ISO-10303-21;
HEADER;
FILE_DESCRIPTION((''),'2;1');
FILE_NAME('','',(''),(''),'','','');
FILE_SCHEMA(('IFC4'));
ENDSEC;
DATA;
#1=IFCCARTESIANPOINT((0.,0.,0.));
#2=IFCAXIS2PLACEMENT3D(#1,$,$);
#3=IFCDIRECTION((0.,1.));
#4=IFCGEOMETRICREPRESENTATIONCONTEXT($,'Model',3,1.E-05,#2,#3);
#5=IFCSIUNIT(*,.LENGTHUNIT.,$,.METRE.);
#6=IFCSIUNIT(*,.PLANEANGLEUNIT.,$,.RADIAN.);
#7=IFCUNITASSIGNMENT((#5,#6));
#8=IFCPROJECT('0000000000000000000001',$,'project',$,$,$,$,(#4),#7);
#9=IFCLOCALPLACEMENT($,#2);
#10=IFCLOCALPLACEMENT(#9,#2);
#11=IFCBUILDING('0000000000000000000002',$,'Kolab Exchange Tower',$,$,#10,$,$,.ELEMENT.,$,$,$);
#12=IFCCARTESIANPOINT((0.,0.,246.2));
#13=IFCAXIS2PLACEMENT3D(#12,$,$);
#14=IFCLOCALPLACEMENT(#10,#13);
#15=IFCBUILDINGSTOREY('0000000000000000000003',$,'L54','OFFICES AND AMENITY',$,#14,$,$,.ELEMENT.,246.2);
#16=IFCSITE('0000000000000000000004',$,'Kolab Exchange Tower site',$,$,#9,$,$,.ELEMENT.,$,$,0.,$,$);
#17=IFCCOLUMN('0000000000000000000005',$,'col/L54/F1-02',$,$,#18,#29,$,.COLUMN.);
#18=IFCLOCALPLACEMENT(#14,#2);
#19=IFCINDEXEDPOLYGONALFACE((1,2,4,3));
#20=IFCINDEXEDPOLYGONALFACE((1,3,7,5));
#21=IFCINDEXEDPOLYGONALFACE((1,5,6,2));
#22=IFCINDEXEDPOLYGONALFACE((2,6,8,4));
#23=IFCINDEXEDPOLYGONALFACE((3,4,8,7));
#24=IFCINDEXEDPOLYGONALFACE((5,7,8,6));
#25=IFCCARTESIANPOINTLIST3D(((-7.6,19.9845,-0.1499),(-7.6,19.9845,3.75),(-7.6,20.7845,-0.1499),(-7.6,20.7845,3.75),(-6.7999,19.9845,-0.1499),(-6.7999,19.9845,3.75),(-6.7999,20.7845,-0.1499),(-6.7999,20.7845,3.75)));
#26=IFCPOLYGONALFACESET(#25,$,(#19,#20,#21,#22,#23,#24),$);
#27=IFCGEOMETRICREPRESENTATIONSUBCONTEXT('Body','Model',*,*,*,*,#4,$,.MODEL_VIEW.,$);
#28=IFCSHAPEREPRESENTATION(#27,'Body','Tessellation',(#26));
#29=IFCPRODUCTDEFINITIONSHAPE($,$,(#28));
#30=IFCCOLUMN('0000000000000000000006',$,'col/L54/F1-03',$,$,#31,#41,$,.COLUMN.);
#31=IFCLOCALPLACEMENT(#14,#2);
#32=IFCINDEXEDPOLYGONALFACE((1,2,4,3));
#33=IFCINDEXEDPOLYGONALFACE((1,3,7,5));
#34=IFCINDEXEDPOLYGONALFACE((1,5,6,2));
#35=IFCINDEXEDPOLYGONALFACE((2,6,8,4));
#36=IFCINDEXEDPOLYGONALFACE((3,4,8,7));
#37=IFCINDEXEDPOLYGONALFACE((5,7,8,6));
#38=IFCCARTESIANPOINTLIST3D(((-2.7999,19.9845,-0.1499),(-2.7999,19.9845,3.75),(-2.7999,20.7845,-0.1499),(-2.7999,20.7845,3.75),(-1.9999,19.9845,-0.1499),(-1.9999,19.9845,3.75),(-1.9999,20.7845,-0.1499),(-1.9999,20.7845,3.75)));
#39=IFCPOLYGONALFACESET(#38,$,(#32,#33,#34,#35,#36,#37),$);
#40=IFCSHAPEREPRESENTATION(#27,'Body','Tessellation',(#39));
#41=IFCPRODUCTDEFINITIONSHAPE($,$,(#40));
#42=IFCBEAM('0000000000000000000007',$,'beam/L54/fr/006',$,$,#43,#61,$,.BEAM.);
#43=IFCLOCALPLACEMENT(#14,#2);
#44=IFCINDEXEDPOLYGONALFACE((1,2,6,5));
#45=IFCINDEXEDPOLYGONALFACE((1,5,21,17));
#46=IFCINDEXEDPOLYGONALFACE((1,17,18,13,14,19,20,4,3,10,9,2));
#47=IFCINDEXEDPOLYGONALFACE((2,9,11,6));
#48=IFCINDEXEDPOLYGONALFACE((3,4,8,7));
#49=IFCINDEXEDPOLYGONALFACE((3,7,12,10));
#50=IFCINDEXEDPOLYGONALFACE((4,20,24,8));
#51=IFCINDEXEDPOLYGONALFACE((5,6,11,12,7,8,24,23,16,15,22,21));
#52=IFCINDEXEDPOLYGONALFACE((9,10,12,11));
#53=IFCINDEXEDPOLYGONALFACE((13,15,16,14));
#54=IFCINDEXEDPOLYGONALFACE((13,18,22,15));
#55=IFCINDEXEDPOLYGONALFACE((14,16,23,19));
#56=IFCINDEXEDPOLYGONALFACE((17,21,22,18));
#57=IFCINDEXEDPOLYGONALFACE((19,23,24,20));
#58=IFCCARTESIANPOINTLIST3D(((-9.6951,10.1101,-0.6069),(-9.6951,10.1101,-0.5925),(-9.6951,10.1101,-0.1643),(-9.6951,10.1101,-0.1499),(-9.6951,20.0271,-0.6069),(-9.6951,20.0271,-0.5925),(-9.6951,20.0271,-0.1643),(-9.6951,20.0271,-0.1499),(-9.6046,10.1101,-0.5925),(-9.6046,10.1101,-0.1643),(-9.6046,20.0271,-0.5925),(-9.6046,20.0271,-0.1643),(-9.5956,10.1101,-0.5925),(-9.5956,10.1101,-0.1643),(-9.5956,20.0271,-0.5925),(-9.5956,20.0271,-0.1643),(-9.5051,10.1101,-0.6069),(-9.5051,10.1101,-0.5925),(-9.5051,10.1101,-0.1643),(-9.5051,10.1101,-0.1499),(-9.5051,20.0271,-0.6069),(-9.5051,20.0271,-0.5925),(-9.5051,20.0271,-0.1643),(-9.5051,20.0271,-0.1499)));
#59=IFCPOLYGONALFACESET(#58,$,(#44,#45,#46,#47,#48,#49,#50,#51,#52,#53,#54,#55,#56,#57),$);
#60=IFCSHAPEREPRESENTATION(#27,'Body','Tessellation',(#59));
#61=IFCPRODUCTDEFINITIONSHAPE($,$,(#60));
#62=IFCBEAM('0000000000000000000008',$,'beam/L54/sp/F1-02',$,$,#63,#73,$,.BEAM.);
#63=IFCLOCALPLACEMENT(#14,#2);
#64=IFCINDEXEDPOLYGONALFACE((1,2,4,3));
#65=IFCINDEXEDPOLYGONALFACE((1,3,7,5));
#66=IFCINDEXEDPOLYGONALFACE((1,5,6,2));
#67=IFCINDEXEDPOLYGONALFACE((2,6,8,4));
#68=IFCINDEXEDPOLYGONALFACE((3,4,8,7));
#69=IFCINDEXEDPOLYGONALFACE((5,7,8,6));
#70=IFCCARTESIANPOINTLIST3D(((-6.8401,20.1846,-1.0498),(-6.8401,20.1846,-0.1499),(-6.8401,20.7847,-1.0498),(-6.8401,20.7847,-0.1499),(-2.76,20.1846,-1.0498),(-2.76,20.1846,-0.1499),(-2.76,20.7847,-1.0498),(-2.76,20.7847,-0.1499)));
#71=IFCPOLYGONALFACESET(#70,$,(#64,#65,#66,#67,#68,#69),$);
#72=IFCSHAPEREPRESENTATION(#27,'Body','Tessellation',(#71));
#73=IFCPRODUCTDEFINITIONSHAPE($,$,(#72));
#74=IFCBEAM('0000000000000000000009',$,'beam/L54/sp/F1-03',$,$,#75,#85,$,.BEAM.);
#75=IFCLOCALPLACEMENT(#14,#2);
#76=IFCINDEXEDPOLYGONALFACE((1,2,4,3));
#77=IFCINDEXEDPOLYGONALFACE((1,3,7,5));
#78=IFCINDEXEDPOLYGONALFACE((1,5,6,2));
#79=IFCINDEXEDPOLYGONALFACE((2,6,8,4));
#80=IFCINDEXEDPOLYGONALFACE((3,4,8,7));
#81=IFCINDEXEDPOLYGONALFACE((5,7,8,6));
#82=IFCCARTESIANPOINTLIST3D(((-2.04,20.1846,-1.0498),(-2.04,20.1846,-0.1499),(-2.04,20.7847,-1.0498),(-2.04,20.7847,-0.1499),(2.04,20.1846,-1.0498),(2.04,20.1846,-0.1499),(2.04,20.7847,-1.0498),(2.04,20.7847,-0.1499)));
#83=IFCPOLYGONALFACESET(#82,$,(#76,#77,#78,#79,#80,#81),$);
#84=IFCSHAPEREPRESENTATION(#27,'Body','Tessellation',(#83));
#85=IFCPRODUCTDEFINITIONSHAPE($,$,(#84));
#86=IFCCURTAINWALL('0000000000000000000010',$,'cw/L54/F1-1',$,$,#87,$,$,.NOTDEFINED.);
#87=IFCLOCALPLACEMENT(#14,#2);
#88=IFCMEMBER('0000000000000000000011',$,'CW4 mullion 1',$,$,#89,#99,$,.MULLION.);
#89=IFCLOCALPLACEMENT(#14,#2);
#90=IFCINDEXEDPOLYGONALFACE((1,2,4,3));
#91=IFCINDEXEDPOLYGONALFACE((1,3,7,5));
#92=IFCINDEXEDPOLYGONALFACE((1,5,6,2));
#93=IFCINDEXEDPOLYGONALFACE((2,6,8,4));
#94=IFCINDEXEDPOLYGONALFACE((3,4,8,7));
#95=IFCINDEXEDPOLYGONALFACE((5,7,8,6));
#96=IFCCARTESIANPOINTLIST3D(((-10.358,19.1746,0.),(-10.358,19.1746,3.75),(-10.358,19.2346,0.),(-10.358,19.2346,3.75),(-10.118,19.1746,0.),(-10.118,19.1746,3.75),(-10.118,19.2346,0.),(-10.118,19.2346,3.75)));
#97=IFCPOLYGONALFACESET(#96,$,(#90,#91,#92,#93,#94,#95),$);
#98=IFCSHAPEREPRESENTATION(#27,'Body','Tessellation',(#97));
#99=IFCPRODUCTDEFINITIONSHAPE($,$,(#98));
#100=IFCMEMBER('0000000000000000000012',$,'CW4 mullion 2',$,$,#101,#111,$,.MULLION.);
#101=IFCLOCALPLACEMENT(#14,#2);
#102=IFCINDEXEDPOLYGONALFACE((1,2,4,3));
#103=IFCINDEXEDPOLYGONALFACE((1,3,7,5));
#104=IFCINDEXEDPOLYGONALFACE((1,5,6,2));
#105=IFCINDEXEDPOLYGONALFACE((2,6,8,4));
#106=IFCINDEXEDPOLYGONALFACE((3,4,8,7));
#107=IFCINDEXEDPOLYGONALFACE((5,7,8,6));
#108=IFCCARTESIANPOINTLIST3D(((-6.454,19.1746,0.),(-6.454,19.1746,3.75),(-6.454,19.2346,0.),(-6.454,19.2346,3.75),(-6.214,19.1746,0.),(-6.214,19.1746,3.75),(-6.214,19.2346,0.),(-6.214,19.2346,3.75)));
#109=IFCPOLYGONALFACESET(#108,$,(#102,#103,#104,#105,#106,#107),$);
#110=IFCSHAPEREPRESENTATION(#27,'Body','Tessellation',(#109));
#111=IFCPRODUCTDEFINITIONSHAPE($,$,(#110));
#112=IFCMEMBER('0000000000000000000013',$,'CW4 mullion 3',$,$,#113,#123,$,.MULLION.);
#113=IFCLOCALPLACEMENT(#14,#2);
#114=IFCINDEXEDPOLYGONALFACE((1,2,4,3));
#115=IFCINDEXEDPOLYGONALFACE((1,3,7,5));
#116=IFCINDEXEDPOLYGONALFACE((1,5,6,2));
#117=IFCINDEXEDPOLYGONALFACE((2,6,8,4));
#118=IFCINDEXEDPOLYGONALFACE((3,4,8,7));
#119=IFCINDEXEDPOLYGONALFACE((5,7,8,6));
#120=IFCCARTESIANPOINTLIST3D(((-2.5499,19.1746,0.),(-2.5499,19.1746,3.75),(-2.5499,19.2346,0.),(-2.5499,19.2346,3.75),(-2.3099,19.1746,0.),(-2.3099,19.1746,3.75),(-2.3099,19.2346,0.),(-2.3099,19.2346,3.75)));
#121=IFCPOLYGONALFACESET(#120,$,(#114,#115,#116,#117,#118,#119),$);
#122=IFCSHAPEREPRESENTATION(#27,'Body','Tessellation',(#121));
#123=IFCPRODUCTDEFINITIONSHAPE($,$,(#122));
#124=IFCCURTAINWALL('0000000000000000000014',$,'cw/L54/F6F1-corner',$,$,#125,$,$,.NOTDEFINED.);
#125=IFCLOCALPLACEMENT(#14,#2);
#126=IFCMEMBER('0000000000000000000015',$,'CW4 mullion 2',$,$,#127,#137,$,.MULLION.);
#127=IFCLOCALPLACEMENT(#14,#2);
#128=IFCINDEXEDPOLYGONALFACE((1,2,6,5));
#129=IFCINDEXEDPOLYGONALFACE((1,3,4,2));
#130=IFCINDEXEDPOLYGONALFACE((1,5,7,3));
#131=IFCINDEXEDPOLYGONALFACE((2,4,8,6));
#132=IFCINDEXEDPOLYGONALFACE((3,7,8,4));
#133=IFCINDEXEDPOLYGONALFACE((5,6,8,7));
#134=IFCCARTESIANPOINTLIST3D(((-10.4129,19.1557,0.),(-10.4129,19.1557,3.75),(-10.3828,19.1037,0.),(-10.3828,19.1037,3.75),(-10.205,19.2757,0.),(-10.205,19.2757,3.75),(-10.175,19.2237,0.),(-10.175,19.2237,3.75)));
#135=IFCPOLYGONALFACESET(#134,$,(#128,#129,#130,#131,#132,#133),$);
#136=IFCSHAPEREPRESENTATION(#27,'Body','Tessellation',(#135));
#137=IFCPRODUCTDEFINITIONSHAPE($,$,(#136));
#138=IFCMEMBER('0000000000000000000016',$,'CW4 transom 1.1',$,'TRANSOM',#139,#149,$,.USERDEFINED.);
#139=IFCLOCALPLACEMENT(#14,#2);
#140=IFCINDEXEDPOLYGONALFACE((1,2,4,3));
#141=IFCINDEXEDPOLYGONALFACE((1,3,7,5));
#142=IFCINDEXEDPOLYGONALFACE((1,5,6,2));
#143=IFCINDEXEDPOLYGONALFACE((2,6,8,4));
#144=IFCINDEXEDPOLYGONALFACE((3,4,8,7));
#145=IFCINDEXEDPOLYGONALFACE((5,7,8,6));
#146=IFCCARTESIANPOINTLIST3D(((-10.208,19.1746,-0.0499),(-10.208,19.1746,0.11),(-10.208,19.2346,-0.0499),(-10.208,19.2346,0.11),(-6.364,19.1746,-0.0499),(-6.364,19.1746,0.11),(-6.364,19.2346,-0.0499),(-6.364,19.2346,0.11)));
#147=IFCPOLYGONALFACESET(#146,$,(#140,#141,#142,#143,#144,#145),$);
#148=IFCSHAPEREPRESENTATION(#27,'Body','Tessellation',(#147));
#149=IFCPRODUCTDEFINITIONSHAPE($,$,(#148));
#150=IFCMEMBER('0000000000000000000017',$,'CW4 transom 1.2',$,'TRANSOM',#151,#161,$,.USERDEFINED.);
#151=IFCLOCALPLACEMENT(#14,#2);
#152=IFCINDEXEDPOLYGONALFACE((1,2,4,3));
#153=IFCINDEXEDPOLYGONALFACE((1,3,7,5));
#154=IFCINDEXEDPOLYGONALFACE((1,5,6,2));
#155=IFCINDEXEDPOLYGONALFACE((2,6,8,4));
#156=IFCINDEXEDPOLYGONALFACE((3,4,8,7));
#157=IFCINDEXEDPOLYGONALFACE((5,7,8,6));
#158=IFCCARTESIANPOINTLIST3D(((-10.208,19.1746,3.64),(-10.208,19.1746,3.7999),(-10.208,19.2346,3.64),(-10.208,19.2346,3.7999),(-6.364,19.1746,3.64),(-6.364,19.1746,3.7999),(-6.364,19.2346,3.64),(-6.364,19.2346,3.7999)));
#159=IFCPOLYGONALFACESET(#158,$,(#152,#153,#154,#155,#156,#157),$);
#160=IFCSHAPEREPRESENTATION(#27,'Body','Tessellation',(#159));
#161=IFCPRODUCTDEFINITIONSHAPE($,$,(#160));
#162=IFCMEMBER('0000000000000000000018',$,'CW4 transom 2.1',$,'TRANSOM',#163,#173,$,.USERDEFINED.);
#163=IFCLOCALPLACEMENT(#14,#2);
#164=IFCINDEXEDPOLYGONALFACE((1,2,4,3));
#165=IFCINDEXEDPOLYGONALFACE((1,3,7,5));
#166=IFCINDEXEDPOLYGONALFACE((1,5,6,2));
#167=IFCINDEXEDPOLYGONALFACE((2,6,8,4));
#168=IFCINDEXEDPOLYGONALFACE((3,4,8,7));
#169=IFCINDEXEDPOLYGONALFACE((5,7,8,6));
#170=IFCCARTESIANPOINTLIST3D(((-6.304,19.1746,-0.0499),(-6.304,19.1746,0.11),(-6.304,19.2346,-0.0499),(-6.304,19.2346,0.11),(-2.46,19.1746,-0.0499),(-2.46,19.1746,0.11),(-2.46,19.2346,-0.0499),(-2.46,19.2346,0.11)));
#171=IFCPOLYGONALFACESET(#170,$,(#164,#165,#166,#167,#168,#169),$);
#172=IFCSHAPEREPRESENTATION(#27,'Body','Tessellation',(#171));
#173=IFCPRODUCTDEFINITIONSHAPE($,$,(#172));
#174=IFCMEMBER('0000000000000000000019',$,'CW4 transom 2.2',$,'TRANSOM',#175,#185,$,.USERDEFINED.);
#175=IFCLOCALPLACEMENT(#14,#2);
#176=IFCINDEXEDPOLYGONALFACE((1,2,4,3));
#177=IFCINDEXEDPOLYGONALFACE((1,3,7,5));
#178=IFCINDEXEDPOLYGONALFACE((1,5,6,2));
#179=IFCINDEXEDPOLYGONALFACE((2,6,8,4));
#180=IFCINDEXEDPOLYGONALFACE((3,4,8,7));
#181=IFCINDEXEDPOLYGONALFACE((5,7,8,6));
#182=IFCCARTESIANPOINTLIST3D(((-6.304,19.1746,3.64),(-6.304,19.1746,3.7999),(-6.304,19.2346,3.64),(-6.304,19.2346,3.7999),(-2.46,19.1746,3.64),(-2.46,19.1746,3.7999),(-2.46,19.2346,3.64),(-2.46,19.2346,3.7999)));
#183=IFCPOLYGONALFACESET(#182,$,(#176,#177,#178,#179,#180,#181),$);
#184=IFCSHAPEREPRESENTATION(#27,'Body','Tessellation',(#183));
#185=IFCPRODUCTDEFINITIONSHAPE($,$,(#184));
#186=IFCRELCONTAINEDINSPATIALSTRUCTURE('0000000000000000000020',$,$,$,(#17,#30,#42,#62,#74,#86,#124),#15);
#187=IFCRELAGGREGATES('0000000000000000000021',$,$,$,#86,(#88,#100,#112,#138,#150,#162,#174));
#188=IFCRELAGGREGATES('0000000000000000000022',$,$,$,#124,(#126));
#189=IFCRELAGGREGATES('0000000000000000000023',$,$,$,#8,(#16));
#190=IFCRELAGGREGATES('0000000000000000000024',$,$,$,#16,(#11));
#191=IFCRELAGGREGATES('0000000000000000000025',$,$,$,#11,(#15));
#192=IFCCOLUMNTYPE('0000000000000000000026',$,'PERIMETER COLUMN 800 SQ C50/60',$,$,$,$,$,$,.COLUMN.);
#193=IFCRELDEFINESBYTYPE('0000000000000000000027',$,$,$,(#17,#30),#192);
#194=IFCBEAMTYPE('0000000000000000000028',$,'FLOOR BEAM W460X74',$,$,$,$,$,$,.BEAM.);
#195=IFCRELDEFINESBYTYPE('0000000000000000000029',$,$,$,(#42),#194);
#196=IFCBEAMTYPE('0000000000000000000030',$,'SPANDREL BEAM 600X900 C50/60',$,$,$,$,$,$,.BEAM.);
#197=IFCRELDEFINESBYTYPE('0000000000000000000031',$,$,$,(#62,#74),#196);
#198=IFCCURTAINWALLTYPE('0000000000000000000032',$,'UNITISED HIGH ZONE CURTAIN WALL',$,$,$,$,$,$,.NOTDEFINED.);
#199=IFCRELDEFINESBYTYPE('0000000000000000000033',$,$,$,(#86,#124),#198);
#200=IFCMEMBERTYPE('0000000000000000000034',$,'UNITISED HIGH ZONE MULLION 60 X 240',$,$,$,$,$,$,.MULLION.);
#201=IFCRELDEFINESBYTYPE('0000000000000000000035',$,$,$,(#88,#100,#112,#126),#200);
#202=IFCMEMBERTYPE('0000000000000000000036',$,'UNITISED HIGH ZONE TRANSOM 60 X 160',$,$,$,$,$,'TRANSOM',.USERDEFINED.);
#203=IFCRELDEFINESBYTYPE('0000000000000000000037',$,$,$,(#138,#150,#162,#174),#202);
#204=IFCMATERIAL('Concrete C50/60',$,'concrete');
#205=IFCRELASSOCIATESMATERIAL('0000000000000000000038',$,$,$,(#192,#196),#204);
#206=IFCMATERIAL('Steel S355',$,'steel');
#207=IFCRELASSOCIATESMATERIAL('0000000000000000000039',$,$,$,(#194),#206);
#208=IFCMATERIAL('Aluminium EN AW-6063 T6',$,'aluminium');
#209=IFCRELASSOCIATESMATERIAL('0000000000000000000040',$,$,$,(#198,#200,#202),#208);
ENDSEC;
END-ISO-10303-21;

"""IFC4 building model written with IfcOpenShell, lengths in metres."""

from ifc_helpers import new_model, si_unit, direction, frame, origin, origin_2d, place, context, subcontext, project, spatial, rectangle, i_section, extrude, material, material_profile, profile_set, type_object, element, aggregate, save


model = new_model("IFC4")

# Units and contexts
model_context = context("Model", 3, precision=1e-05, world=origin(), true_north=direction((0.0, 1.0)))
body_context = subcontext(model_context, "Body", "Model", "MODEL_VIEW")
ifc_project = project(units=[si_unit("LENGTHUNIT", "METRE"), si_unit("PLANEANGLEUNIT", "RADIAN")], contexts=[model_context])

# Site, building, storey
site_placement = place(None, origin())
site = spatial("IfcSite", under=ifc_project, at=site_placement, Name="Kolab Exchange Tower site", CompositionType="ELEMENT", RefElevation=0.0)
building_placement = place(site_placement, origin())
building = spatial("IfcBuilding", under=site, at=building_placement, Name="Kolab Exchange Tower", CompositionType="ELEMENT")
storey_placement = place(building_placement, frame((0.0, 0.0, 246.2)))
storey = spatial("IfcBuildingStorey", under=building, at=storey_placement, Name="L54", Description="OFFICES AND AMENITY", CompositionType="ELEMENT", Elevation=246.2)

# Columns
ifc_material_1 = material(Name="Concrete C50/60", Category="concrete")
ifc_material_profile_1 = material_profile(ifc_material_1, rectangle(XDim=0.8, YDim=0.8, at=origin_2d()), Name="RC800")
ifc_profile_set_1 = profile_set([ifc_material_profile_1], Name="Concrete C50/60")
column_type = type_object("IfcColumnType", Name="PERIMETER COLUMN 800 SQ C50/60", PredefinedType="COLUMN", material=ifc_profile_set_1)
for number, where, z_axis, x_axis, name in (
    (1, (-7.2, 20.3845, -0.1499), (0.0, 0.0, 1.0), (1.0, 0.0, 0.0), "col/L54/F1-02"),
    (2, (-2.3999, 20.3845, -0.1499), (0.0, 0.0, 1.0), (1.0, 0.0, 0.0), "col/L54/F1-03"),
):
    element("IfcColumn", number, at=place(storey_placement, frame(where, z_axis=z_axis, x_axis=x_axis)), inside=storey, type_object=column_type, Name=name, PredefinedType="COLUMN", context=body_context, shape_type="SweptSolid", body=[
        extrude(rectangle(XDim=0.8, YDim=0.8, at=origin_2d()), origin(), (0.0, 0.0, 1.0), 3.8999),
    ])

# Beams
ifc_material_2 = material(Name="Steel S355", Category="steel")
ifc_material_profile_2 = material_profile(ifc_material_2, i_section(OverallWidth=0.1899, OverallDepth=0.457, WebThickness=0.009, FlangeThickness=0.0144, at=origin_2d()), Name="W460X74")
ifc_profile_set_2 = profile_set([ifc_material_profile_2], Name="Steel S355")
beam_type_1 = type_object("IfcBeamType", Name="FLOOR BEAM W460X74", PredefinedType="BEAM", material=ifc_profile_set_2)
beam_placement = place(storey_placement, frame((-9.6001, 10.1101, -0.3784), z_axis=(0.0, 1.0, 0.0), x_axis=(-1.0, 0.0, 0.0)))
element("IfcBeam", 3, at=beam_placement, inside=storey, type_object=beam_type_1, Name="beam/L54/fr/006", PredefinedType="BEAM", context=body_context, shape_type="SweptSolid", body=[
    extrude(i_section(OverallWidth=0.1899, OverallDepth=0.457, WebThickness=0.009, FlangeThickness=0.0144, at=origin_2d()), origin(), (0.0, 0.0, 1.0), 9.917),
])
ifc_material_profile_3 = material_profile(ifc_material_1, rectangle(XDim=0.6001, YDim=0.8999, at=origin_2d()), Name="RC600X900")
ifc_profile_set_3 = profile_set([ifc_material_profile_3], Name="Concrete C50/60")
beam_type_2 = type_object("IfcBeamType", Name="SPANDREL BEAM 600X900 C50/60", PredefinedType="BEAM", material=ifc_profile_set_3)
for number, where, z_axis, x_axis, name in (
    (4, (-6.8401, 20.4846, -0.5999), (1.0, 0.0, 0.0), (0.0, 1.0, 0.0), "beam/L54/sp/F1-02"),
    (5, (-2.04, 20.4846, -0.5999), (1.0, 0.0, 0.0), (0.0, 1.0, 0.0), "beam/L54/sp/F1-03"),
):
    element("IfcBeam", number, at=place(storey_placement, frame(where, z_axis=z_axis, x_axis=x_axis)), inside=storey, type_object=beam_type_2, Name=name, PredefinedType="BEAM", context=body_context, shape_type="SweptSolid", body=[
        extrude(rectangle(XDim=0.6001, YDim=0.8999, at=origin_2d()), origin(), (0.0, 0.0, 1.0), 4.0801),
    ])

# Curtain wall, members
ifc_material_3 = material(Name="Aluminium EN AW-6063 T6", Category="aluminium")
curtain_wall_type = type_object("IfcCurtainWallType", Name="UNITISED HIGH ZONE CURTAIN WALL", PredefinedType="NOTDEFINED", material=ifc_material_3)
curtain_wall_1_placement = place(storey_placement, origin())
curtain_wall_1 = element("IfcCurtainWall", 6, at=curtain_wall_1_placement, inside=storey, type_object=curtain_wall_type, Name="cw/L54/F1-1", PredefinedType="NOTDEFINED")
ifc_material_profile_4 = material_profile(ifc_material_3, rectangle(XDim=0.0601, YDim=0.24, at=origin_2d()), Name="RECT 60X240")
ifc_profile_set_4 = profile_set([ifc_material_profile_4], Name="Aluminium EN AW-6063 T6")
member_type_1 = type_object("IfcMemberType", Name="UNITISED HIGH ZONE MULLION 60 X 240", PredefinedType="MULLION", material=ifc_profile_set_4)
member_1_placement = place(storey_placement, frame((-10.238, 19.2046, 0.0), z_axis=(0.0, 0.0, 1.0), x_axis=(0.0, 1.0, 0.0)))
member_1 = element("IfcMember", 7, at=member_1_placement, type_object=member_type_1, Name="CW4 mullion 1", PredefinedType="MULLION", context=body_context, shape_type="SweptSolid", body=[
    extrude(rectangle(XDim=0.0601, YDim=0.24, at=origin_2d()), origin(), (0.0, 0.0, 1.0), 3.75),
])
member_2_placement = place(storey_placement, frame((-6.334, 19.2046, 0.0), z_axis=(0.0, 0.0, 1.0), x_axis=(0.0, 1.0, 0.0)))
member_2 = element("IfcMember", 8, at=member_2_placement, type_object=member_type_1, Name="CW4 mullion 2", PredefinedType="MULLION", context=body_context, shape_type="SweptSolid", body=[
    extrude(rectangle(XDim=0.0601, YDim=0.24, at=origin_2d()), origin(), (0.0, 0.0, 1.0), 3.75),
])
member_3_placement = place(storey_placement, frame((-2.4299, 19.2046, 0.0), z_axis=(0.0, 0.0, 1.0), x_axis=(0.0, 1.0, 0.0)))
member_3 = element("IfcMember", 9, at=member_3_placement, type_object=member_type_1, Name="CW4 mullion 3", PredefinedType="MULLION", context=body_context, shape_type="SweptSolid", body=[
    extrude(rectangle(XDim=0.0601, YDim=0.24, at=origin_2d()), origin(), (0.0, 0.0, 1.0), 3.75),
])

# Curtain wall, member
curtain_wall_2_placement = place(storey_placement, origin())
curtain_wall_2 = element("IfcCurtainWall", 10, at=curtain_wall_2_placement, inside=storey, type_object=curtain_wall_type, Name="cw/L54/F6F1-corner", PredefinedType="NOTDEFINED")
member_4_placement = place(storey_placement, frame((-10.2939, 19.1897, 0.0), z_axis=(0.0, 0.0, 1.0), x_axis=(-0.5, 0.866025, 0.0)))
member_4 = element("IfcMember", 11, at=member_4_placement, type_object=member_type_1, Name="CW4 mullion 2", PredefinedType="MULLION", context=body_context, shape_type="SweptSolid", body=[
    extrude(rectangle(XDim=0.0601, YDim=0.24, at=origin_2d()), origin(), (0.0, 0.0, 1.0), 3.75),
])

# Members
ifc_material_profile_5 = material_profile(ifc_material_3, rectangle(XDim=0.0601, YDim=0.1599, at=origin_2d()), Name="RECT 60X160")
ifc_profile_set_5 = profile_set([ifc_material_profile_5], Name="Aluminium EN AW-6063 T6")
member_type_2 = type_object("IfcMemberType", Name="UNITISED HIGH ZONE TRANSOM 60 X 160", ElementType="TRANSOM", PredefinedType="USERDEFINED", material=ifc_profile_set_5)
member_5_placement = place(storey_placement, frame((-10.208, 19.2046, 0.03), z_axis=(1.0, 0.0, 0.0), x_axis=(0.0, 1.0, 0.0)))
member_5 = element("IfcMember", 12, at=member_5_placement, type_object=member_type_2, Name="CW4 transom 1.1", ObjectType="TRANSOM", PredefinedType="USERDEFINED", context=body_context, shape_type="SweptSolid", body=[
    extrude(rectangle(XDim=0.0601, YDim=0.1599, at=origin_2d()), origin(), (0.0, 0.0, 1.0), 3.844),
])
member_6_placement = place(storey_placement, frame((-10.208, 19.2046, 3.72), z_axis=(1.0, 0.0, 0.0), x_axis=(0.0, 1.0, 0.0)))
member_6 = element("IfcMember", 13, at=member_6_placement, type_object=member_type_2, Name="CW4 transom 1.2", ObjectType="TRANSOM", PredefinedType="USERDEFINED", context=body_context, shape_type="SweptSolid", body=[
    extrude(rectangle(XDim=0.0601, YDim=0.1599, at=origin_2d()), origin(), (0.0, 0.0, 1.0), 3.844),
])
member_7_placement = place(storey_placement, frame((-6.304, 19.2046, 0.03), z_axis=(1.0, 0.0, 0.0), x_axis=(0.0, 1.0, 0.0)))
member_7 = element("IfcMember", 14, at=member_7_placement, type_object=member_type_2, Name="CW4 transom 2.1", ObjectType="TRANSOM", PredefinedType="USERDEFINED", context=body_context, shape_type="SweptSolid", body=[
    extrude(rectangle(XDim=0.0601, YDim=0.1599, at=origin_2d()), origin(), (0.0, 0.0, 1.0), 3.844),
])
member_8_placement = place(storey_placement, frame((-6.304, 19.2046, 3.72), z_axis=(1.0, 0.0, 0.0), x_axis=(0.0, 1.0, 0.0)))
member_8 = element("IfcMember", 15, at=member_8_placement, type_object=member_type_2, Name="CW4 transom 2.2", ObjectType="TRANSOM", PredefinedType="USERDEFINED", context=body_context, shape_type="SweptSolid", body=[
    extrude(rectangle(XDim=0.0601, YDim=0.1599, at=origin_2d()), origin(), (0.0, 0.0, 1.0), 3.844),
])

aggregate(curtain_wall_1, [member_1, member_2, member_3, member_5, member_6, member_7, member_8])
aggregate(curtain_wall_2, [member_4])

save(model, "model.ifc")
